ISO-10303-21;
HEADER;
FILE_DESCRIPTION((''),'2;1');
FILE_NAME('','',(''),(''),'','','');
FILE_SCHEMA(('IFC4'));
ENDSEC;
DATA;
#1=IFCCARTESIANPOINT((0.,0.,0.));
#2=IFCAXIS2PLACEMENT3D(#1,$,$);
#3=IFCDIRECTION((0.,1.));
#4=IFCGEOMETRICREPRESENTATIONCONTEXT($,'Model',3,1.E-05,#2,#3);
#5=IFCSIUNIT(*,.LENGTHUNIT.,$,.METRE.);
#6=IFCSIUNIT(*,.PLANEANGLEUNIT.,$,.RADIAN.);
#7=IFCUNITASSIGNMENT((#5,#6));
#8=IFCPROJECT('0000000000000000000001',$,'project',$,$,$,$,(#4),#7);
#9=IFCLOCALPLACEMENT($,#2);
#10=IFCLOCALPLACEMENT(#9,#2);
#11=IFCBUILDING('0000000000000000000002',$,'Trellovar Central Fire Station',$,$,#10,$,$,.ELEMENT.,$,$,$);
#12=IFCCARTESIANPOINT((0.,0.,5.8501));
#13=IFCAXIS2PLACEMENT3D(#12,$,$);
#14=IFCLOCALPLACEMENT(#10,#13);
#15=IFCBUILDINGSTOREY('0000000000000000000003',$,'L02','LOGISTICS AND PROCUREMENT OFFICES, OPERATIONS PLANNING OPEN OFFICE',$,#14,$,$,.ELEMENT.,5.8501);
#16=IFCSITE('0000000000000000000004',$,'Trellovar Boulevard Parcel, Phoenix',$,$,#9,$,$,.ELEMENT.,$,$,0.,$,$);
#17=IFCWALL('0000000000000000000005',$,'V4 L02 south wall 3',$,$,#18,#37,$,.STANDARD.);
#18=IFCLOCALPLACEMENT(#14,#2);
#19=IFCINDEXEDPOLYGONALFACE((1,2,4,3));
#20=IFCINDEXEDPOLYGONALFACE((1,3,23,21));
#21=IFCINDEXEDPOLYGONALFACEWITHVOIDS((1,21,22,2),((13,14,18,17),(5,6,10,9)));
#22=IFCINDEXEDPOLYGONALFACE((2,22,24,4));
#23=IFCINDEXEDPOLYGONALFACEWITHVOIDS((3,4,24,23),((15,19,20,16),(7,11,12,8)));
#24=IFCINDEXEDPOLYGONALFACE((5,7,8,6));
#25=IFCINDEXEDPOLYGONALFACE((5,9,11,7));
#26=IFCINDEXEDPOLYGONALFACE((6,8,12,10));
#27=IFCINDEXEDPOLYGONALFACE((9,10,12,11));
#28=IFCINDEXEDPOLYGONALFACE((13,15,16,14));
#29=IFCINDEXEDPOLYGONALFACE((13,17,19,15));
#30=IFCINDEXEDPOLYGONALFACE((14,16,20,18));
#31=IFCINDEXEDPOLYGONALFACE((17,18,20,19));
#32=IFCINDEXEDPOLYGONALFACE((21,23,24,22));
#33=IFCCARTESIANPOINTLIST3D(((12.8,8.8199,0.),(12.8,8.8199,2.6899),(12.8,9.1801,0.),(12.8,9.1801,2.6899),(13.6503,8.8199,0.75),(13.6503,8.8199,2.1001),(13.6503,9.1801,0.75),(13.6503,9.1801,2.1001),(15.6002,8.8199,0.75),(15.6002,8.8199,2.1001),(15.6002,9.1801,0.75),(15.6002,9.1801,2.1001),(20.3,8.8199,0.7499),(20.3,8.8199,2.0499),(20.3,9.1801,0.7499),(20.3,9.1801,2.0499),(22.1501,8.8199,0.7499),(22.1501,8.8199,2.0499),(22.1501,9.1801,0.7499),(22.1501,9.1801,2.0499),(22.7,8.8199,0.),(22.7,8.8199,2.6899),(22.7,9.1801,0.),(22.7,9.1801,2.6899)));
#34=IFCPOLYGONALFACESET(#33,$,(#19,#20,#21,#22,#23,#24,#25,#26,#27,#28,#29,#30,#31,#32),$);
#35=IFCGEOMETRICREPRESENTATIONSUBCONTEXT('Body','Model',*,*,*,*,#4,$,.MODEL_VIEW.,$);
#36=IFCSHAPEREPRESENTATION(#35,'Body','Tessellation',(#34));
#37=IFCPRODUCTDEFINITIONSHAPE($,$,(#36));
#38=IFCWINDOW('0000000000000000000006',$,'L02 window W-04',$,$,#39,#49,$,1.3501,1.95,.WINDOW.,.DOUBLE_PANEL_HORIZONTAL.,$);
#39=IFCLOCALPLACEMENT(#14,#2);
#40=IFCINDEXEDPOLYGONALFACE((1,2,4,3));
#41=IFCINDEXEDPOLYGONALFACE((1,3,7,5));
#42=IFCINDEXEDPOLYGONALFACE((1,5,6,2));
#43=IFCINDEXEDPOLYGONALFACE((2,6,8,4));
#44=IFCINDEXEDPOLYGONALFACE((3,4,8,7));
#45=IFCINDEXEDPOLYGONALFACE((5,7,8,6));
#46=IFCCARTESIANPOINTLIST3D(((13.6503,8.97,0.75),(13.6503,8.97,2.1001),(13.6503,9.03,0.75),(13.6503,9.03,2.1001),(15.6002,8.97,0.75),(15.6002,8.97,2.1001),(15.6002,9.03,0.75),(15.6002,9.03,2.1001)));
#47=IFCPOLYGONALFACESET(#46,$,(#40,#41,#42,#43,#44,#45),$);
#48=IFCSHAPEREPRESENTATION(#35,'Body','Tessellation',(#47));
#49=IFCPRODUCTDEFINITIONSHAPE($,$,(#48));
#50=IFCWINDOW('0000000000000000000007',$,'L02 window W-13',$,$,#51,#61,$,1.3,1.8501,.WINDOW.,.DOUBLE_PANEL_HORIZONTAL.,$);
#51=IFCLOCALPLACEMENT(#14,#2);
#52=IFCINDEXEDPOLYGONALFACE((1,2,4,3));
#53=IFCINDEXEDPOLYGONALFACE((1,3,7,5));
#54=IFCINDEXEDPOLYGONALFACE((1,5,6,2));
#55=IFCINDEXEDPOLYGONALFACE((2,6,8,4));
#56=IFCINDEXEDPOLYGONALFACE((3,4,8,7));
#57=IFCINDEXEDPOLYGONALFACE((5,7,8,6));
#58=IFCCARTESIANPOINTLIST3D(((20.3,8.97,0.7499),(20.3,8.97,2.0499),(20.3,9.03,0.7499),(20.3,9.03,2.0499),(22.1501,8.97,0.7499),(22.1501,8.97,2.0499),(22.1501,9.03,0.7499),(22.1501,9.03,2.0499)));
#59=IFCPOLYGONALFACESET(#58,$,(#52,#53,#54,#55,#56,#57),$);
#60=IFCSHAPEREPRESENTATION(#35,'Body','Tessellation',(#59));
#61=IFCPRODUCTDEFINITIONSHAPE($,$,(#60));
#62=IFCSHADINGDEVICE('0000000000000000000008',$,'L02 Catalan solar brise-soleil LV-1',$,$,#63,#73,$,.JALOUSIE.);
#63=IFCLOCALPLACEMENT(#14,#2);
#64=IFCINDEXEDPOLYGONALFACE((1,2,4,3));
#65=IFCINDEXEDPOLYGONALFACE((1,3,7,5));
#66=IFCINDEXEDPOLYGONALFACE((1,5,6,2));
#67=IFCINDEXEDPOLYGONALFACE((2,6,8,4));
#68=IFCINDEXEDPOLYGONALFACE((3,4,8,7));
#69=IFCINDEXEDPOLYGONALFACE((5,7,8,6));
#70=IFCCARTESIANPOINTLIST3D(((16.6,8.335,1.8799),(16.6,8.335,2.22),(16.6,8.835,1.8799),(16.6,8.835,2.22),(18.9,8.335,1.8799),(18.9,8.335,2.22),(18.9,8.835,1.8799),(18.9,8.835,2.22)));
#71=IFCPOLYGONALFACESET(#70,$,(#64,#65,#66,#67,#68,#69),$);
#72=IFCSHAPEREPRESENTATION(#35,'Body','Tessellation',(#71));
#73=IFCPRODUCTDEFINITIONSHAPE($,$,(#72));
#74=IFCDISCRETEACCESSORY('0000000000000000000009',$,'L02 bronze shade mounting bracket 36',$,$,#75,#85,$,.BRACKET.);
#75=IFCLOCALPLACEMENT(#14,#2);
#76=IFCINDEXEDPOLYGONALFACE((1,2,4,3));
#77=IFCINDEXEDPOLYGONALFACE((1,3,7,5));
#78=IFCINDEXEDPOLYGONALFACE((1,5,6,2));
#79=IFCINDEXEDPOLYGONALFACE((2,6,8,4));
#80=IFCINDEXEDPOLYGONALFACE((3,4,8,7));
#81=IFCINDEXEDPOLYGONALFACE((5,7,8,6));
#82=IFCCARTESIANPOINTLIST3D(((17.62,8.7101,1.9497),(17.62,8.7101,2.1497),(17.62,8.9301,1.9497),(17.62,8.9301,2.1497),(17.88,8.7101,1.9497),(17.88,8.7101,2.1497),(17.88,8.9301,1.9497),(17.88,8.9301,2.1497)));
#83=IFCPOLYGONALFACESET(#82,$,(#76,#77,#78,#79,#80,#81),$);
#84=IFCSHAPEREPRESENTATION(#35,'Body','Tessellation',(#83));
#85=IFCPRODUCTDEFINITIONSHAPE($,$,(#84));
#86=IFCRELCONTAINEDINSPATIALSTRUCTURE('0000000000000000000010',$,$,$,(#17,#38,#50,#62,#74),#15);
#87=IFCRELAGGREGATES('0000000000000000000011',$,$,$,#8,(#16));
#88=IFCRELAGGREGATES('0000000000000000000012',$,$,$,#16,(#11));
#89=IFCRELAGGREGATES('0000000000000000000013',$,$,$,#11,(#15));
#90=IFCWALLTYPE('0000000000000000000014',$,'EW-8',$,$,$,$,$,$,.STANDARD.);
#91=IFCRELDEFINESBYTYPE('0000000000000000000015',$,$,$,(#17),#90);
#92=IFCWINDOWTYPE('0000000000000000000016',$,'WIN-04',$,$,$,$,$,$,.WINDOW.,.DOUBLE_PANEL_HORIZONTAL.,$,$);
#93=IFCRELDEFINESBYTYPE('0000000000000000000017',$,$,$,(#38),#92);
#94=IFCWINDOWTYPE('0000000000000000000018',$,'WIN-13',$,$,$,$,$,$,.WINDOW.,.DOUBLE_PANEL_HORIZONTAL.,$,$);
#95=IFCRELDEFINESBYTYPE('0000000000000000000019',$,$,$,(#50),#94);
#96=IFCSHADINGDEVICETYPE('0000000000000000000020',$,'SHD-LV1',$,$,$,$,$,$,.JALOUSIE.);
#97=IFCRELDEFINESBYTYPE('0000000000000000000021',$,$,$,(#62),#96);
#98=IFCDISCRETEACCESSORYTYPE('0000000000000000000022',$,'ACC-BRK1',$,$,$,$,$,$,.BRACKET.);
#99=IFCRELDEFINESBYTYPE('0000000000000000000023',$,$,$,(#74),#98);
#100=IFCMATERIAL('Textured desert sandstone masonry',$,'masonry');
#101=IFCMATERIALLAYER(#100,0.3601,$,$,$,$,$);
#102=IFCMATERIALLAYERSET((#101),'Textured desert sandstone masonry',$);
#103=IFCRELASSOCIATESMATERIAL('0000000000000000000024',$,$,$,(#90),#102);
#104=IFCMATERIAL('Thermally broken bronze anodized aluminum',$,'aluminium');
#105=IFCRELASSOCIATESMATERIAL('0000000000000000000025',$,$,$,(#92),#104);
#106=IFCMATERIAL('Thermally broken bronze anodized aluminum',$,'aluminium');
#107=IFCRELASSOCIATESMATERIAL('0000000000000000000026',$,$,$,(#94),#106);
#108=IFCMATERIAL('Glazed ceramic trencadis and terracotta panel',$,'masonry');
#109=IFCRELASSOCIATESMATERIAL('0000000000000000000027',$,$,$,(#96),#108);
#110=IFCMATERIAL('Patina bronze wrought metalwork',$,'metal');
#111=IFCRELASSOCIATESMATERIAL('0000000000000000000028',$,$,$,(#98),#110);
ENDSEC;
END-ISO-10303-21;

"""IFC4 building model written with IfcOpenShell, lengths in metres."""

from ifc_helpers import new_model, si_unit, direction, frame, frame_2d, origin, origin_2d, place, context, subcontext, project, spatial, rectangle, extrude, material, layer, layer_set, type_object, element, fill, save


model = new_model("IFC4")

# Units and contexts
model_context = context("Model", 3, precision=1e-05, world=origin(), true_north=direction((0.0, 1.0)))
body_context = subcontext(model_context, "Body", "Model", "MODEL_VIEW")
ifc_project = project(units=[si_unit("LENGTHUNIT", "METRE"), si_unit("PLANEANGLEUNIT", "RADIAN")], contexts=[model_context])

# Site, building, storey
site_placement = place(None, origin())
site = spatial("IfcSite", under=ifc_project, at=site_placement, Name="Trellovar Boulevard Parcel, Phoenix", CompositionType="ELEMENT", RefElevation=0.0)
building_placement = place(site_placement, origin())
building = spatial("IfcBuilding", under=site, at=building_placement, Name="Trellovar Central Fire Station", CompositionType="ELEMENT")
storey_placement = place(building_placement, frame((0.0, 0.0, 5.8501)))
storey = spatial("IfcBuildingStorey", under=building, at=storey_placement, Name="L02", Description="LOGISTICS AND PROCUREMENT OFFICES, OPERATIONS PLANNING OPEN OFFICE", CompositionType="ELEMENT", Elevation=5.8501)

# Wall, openings, windows
ifc_material_1 = material(Name="Textured desert sandstone masonry", Category="masonry")
ifc_layer_1 = layer(ifc_material_1, 0.3601)
ifc_layer_set_1 = layer_set([ifc_layer_1], Name="Textured desert sandstone masonry")
wall_type = type_object("IfcWallType", Name="EW-8", PredefinedType="STANDARD", material=ifc_layer_set_1)
wall_placement = place(storey_placement, frame((12.8, 9.0, 0.0), z_axis=(0.0, 0.0, 1.0), x_axis=(1.0, 0.0, 0.0)))
wall = element("IfcWall", 1, at=wall_placement, inside=storey, type_object=wall_type, Name="V4 L02 south wall 3", PredefinedType="STANDARD", context=body_context, shape_type="SweptSolid", body=[
    extrude(rectangle(XDim=9.8999, YDim=0.3601, at=frame_2d((4.95, 0.0))), origin(), (0.0, 0.0, 1.0), 2.6899),
])
opening_1_placement = place(wall_placement, frame((0.8501, 0.0, 0.75)))
opening_1 = element("IfcOpeningElement", 2, at=opening_1_placement, cuts=wall, PredefinedType="OPENING", context=body_context, shape_type="SweptSolid", body=[
    extrude(rectangle(XDim=1.95, YDim=1.3501, at=frame_2d((0.9751, 0.675))), frame((0.0, 0.1899, 0.0), z_axis=(0.0, -1.0, 0.0), x_axis=(1.0, 0.0, 0.0)), (0.0, 0.0, 1.0), 0.3801),
])
opening_2_placement = place(wall_placement, frame((7.5, 0.0, 0.75)))
opening_2 = element("IfcOpeningElement", 3, at=opening_2_placement, cuts=wall, PredefinedType="OPENING", context=body_context, shape_type="SweptSolid", body=[
    extrude(rectangle(XDim=1.8501, YDim=1.3, at=frame_2d((0.925, 0.6499))), frame((0.0, 0.1899, 0.0), z_axis=(0.0, -1.0, 0.0), x_axis=(1.0, 0.0, 0.0)), (0.0, 0.0, 1.0), 0.3801),
])
ifc_material_2 = material(Name="Thermally broken bronze anodized aluminum", Category="aluminium")
window_type_1 = type_object("IfcWindowType", Name="WIN-04", PartitioningType="DOUBLE_PANEL_HORIZONTAL", PredefinedType="WINDOW", material=ifc_material_2)
window_1_placement = place(opening_1_placement, origin())
window_1 = element("IfcWindow", 4, at=window_1_placement, inside=storey, type_object=window_type_1, Name="L02 window W-04", OverallHeight=1.3501, OverallWidth=1.95, PartitioningType="DOUBLE_PANEL_HORIZONTAL", PredefinedType="WINDOW", context=body_context, shape_type="SweptSolid", body=[
    extrude(rectangle(XDim=1.95, YDim=1.3501, at=frame_2d((0.9751, 0.675))), frame((0.0, 0.03, 0.0), z_axis=(0.0, -1.0, 0.0), x_axis=(1.0, 0.0, 0.0)), (0.0, 0.0, 1.0), 0.0601),
])
fill(opening_1, window_1)
ifc_material_3 = material(Name="Thermally broken bronze anodized aluminum", Category="aluminium")
window_type_2 = type_object("IfcWindowType", Name="WIN-13", PartitioningType="DOUBLE_PANEL_HORIZONTAL", PredefinedType="WINDOW", material=ifc_material_3)
window_2_placement = place(opening_2_placement, origin())
window_2 = element("IfcWindow", 5, at=window_2_placement, inside=storey, type_object=window_type_2, Name="L02 window W-13", OverallHeight=1.3, OverallWidth=1.8501, PartitioningType="DOUBLE_PANEL_HORIZONTAL", PredefinedType="WINDOW", context=body_context, shape_type="SweptSolid", body=[
    extrude(rectangle(XDim=1.8501, YDim=1.3, at=frame_2d((0.925, 0.6499))), frame((0.0, 0.03, 0.0), z_axis=(0.0, -1.0, 0.0), x_axis=(1.0, 0.0, 0.0)), (0.0, 0.0, 1.0), 0.0601),
])
fill(opening_2, window_2)

# Shading device
ifc_material_4 = material(Name="Glazed ceramic trencadis and terracotta panel", Category="masonry")
shading_device_type = type_object("IfcShadingDeviceType", Name="SHD-LV1", PredefinedType="JALOUSIE", material=ifc_material_4)
shading_device_placement = place(storey_placement, frame((17.75, 8.585, 1.8799), z_axis=(0.0, 0.0, 1.0), x_axis=(1.0, 0.0, 0.0)))
element("IfcShadingDevice", 6, at=shading_device_placement, inside=storey, type_object=shading_device_type, Name="L02 Catalan solar brise-soleil LV-1", PredefinedType="JALOUSIE", context=body_context, shape_type="SweptSolid", body=[
    extrude(rectangle(XDim=2.3, YDim=0.5, at=origin_2d()), origin(), (0.0, 0.0, 1.0), 0.3401),
])

# Discrete accessory
ifc_material_5 = material(Name="Patina bronze wrought metalwork", Category="metal")
discrete_accessory_type = type_object("IfcDiscreteAccessoryType", Name="ACC-BRK1", PredefinedType="BRACKET", material=ifc_material_5)
discrete_accessory_placement = place(storey_placement, frame((17.75, 8.8201, 1.9497), z_axis=(0.0, 0.0, 1.0), x_axis=(1.0, 0.0, 0.0)))
element("IfcDiscreteAccessory", 7, at=discrete_accessory_placement, inside=storey, type_object=discrete_accessory_type, Name="L02 bronze shade mounting bracket 36", PredefinedType="BRACKET", context=body_context, shape_type="SweptSolid", body=[
    extrude(rectangle(XDim=0.26, YDim=0.22, at=origin_2d()), origin(), (0.0, 0.0, 1.0), 0.2),
])

save(model, "model.ifc")
